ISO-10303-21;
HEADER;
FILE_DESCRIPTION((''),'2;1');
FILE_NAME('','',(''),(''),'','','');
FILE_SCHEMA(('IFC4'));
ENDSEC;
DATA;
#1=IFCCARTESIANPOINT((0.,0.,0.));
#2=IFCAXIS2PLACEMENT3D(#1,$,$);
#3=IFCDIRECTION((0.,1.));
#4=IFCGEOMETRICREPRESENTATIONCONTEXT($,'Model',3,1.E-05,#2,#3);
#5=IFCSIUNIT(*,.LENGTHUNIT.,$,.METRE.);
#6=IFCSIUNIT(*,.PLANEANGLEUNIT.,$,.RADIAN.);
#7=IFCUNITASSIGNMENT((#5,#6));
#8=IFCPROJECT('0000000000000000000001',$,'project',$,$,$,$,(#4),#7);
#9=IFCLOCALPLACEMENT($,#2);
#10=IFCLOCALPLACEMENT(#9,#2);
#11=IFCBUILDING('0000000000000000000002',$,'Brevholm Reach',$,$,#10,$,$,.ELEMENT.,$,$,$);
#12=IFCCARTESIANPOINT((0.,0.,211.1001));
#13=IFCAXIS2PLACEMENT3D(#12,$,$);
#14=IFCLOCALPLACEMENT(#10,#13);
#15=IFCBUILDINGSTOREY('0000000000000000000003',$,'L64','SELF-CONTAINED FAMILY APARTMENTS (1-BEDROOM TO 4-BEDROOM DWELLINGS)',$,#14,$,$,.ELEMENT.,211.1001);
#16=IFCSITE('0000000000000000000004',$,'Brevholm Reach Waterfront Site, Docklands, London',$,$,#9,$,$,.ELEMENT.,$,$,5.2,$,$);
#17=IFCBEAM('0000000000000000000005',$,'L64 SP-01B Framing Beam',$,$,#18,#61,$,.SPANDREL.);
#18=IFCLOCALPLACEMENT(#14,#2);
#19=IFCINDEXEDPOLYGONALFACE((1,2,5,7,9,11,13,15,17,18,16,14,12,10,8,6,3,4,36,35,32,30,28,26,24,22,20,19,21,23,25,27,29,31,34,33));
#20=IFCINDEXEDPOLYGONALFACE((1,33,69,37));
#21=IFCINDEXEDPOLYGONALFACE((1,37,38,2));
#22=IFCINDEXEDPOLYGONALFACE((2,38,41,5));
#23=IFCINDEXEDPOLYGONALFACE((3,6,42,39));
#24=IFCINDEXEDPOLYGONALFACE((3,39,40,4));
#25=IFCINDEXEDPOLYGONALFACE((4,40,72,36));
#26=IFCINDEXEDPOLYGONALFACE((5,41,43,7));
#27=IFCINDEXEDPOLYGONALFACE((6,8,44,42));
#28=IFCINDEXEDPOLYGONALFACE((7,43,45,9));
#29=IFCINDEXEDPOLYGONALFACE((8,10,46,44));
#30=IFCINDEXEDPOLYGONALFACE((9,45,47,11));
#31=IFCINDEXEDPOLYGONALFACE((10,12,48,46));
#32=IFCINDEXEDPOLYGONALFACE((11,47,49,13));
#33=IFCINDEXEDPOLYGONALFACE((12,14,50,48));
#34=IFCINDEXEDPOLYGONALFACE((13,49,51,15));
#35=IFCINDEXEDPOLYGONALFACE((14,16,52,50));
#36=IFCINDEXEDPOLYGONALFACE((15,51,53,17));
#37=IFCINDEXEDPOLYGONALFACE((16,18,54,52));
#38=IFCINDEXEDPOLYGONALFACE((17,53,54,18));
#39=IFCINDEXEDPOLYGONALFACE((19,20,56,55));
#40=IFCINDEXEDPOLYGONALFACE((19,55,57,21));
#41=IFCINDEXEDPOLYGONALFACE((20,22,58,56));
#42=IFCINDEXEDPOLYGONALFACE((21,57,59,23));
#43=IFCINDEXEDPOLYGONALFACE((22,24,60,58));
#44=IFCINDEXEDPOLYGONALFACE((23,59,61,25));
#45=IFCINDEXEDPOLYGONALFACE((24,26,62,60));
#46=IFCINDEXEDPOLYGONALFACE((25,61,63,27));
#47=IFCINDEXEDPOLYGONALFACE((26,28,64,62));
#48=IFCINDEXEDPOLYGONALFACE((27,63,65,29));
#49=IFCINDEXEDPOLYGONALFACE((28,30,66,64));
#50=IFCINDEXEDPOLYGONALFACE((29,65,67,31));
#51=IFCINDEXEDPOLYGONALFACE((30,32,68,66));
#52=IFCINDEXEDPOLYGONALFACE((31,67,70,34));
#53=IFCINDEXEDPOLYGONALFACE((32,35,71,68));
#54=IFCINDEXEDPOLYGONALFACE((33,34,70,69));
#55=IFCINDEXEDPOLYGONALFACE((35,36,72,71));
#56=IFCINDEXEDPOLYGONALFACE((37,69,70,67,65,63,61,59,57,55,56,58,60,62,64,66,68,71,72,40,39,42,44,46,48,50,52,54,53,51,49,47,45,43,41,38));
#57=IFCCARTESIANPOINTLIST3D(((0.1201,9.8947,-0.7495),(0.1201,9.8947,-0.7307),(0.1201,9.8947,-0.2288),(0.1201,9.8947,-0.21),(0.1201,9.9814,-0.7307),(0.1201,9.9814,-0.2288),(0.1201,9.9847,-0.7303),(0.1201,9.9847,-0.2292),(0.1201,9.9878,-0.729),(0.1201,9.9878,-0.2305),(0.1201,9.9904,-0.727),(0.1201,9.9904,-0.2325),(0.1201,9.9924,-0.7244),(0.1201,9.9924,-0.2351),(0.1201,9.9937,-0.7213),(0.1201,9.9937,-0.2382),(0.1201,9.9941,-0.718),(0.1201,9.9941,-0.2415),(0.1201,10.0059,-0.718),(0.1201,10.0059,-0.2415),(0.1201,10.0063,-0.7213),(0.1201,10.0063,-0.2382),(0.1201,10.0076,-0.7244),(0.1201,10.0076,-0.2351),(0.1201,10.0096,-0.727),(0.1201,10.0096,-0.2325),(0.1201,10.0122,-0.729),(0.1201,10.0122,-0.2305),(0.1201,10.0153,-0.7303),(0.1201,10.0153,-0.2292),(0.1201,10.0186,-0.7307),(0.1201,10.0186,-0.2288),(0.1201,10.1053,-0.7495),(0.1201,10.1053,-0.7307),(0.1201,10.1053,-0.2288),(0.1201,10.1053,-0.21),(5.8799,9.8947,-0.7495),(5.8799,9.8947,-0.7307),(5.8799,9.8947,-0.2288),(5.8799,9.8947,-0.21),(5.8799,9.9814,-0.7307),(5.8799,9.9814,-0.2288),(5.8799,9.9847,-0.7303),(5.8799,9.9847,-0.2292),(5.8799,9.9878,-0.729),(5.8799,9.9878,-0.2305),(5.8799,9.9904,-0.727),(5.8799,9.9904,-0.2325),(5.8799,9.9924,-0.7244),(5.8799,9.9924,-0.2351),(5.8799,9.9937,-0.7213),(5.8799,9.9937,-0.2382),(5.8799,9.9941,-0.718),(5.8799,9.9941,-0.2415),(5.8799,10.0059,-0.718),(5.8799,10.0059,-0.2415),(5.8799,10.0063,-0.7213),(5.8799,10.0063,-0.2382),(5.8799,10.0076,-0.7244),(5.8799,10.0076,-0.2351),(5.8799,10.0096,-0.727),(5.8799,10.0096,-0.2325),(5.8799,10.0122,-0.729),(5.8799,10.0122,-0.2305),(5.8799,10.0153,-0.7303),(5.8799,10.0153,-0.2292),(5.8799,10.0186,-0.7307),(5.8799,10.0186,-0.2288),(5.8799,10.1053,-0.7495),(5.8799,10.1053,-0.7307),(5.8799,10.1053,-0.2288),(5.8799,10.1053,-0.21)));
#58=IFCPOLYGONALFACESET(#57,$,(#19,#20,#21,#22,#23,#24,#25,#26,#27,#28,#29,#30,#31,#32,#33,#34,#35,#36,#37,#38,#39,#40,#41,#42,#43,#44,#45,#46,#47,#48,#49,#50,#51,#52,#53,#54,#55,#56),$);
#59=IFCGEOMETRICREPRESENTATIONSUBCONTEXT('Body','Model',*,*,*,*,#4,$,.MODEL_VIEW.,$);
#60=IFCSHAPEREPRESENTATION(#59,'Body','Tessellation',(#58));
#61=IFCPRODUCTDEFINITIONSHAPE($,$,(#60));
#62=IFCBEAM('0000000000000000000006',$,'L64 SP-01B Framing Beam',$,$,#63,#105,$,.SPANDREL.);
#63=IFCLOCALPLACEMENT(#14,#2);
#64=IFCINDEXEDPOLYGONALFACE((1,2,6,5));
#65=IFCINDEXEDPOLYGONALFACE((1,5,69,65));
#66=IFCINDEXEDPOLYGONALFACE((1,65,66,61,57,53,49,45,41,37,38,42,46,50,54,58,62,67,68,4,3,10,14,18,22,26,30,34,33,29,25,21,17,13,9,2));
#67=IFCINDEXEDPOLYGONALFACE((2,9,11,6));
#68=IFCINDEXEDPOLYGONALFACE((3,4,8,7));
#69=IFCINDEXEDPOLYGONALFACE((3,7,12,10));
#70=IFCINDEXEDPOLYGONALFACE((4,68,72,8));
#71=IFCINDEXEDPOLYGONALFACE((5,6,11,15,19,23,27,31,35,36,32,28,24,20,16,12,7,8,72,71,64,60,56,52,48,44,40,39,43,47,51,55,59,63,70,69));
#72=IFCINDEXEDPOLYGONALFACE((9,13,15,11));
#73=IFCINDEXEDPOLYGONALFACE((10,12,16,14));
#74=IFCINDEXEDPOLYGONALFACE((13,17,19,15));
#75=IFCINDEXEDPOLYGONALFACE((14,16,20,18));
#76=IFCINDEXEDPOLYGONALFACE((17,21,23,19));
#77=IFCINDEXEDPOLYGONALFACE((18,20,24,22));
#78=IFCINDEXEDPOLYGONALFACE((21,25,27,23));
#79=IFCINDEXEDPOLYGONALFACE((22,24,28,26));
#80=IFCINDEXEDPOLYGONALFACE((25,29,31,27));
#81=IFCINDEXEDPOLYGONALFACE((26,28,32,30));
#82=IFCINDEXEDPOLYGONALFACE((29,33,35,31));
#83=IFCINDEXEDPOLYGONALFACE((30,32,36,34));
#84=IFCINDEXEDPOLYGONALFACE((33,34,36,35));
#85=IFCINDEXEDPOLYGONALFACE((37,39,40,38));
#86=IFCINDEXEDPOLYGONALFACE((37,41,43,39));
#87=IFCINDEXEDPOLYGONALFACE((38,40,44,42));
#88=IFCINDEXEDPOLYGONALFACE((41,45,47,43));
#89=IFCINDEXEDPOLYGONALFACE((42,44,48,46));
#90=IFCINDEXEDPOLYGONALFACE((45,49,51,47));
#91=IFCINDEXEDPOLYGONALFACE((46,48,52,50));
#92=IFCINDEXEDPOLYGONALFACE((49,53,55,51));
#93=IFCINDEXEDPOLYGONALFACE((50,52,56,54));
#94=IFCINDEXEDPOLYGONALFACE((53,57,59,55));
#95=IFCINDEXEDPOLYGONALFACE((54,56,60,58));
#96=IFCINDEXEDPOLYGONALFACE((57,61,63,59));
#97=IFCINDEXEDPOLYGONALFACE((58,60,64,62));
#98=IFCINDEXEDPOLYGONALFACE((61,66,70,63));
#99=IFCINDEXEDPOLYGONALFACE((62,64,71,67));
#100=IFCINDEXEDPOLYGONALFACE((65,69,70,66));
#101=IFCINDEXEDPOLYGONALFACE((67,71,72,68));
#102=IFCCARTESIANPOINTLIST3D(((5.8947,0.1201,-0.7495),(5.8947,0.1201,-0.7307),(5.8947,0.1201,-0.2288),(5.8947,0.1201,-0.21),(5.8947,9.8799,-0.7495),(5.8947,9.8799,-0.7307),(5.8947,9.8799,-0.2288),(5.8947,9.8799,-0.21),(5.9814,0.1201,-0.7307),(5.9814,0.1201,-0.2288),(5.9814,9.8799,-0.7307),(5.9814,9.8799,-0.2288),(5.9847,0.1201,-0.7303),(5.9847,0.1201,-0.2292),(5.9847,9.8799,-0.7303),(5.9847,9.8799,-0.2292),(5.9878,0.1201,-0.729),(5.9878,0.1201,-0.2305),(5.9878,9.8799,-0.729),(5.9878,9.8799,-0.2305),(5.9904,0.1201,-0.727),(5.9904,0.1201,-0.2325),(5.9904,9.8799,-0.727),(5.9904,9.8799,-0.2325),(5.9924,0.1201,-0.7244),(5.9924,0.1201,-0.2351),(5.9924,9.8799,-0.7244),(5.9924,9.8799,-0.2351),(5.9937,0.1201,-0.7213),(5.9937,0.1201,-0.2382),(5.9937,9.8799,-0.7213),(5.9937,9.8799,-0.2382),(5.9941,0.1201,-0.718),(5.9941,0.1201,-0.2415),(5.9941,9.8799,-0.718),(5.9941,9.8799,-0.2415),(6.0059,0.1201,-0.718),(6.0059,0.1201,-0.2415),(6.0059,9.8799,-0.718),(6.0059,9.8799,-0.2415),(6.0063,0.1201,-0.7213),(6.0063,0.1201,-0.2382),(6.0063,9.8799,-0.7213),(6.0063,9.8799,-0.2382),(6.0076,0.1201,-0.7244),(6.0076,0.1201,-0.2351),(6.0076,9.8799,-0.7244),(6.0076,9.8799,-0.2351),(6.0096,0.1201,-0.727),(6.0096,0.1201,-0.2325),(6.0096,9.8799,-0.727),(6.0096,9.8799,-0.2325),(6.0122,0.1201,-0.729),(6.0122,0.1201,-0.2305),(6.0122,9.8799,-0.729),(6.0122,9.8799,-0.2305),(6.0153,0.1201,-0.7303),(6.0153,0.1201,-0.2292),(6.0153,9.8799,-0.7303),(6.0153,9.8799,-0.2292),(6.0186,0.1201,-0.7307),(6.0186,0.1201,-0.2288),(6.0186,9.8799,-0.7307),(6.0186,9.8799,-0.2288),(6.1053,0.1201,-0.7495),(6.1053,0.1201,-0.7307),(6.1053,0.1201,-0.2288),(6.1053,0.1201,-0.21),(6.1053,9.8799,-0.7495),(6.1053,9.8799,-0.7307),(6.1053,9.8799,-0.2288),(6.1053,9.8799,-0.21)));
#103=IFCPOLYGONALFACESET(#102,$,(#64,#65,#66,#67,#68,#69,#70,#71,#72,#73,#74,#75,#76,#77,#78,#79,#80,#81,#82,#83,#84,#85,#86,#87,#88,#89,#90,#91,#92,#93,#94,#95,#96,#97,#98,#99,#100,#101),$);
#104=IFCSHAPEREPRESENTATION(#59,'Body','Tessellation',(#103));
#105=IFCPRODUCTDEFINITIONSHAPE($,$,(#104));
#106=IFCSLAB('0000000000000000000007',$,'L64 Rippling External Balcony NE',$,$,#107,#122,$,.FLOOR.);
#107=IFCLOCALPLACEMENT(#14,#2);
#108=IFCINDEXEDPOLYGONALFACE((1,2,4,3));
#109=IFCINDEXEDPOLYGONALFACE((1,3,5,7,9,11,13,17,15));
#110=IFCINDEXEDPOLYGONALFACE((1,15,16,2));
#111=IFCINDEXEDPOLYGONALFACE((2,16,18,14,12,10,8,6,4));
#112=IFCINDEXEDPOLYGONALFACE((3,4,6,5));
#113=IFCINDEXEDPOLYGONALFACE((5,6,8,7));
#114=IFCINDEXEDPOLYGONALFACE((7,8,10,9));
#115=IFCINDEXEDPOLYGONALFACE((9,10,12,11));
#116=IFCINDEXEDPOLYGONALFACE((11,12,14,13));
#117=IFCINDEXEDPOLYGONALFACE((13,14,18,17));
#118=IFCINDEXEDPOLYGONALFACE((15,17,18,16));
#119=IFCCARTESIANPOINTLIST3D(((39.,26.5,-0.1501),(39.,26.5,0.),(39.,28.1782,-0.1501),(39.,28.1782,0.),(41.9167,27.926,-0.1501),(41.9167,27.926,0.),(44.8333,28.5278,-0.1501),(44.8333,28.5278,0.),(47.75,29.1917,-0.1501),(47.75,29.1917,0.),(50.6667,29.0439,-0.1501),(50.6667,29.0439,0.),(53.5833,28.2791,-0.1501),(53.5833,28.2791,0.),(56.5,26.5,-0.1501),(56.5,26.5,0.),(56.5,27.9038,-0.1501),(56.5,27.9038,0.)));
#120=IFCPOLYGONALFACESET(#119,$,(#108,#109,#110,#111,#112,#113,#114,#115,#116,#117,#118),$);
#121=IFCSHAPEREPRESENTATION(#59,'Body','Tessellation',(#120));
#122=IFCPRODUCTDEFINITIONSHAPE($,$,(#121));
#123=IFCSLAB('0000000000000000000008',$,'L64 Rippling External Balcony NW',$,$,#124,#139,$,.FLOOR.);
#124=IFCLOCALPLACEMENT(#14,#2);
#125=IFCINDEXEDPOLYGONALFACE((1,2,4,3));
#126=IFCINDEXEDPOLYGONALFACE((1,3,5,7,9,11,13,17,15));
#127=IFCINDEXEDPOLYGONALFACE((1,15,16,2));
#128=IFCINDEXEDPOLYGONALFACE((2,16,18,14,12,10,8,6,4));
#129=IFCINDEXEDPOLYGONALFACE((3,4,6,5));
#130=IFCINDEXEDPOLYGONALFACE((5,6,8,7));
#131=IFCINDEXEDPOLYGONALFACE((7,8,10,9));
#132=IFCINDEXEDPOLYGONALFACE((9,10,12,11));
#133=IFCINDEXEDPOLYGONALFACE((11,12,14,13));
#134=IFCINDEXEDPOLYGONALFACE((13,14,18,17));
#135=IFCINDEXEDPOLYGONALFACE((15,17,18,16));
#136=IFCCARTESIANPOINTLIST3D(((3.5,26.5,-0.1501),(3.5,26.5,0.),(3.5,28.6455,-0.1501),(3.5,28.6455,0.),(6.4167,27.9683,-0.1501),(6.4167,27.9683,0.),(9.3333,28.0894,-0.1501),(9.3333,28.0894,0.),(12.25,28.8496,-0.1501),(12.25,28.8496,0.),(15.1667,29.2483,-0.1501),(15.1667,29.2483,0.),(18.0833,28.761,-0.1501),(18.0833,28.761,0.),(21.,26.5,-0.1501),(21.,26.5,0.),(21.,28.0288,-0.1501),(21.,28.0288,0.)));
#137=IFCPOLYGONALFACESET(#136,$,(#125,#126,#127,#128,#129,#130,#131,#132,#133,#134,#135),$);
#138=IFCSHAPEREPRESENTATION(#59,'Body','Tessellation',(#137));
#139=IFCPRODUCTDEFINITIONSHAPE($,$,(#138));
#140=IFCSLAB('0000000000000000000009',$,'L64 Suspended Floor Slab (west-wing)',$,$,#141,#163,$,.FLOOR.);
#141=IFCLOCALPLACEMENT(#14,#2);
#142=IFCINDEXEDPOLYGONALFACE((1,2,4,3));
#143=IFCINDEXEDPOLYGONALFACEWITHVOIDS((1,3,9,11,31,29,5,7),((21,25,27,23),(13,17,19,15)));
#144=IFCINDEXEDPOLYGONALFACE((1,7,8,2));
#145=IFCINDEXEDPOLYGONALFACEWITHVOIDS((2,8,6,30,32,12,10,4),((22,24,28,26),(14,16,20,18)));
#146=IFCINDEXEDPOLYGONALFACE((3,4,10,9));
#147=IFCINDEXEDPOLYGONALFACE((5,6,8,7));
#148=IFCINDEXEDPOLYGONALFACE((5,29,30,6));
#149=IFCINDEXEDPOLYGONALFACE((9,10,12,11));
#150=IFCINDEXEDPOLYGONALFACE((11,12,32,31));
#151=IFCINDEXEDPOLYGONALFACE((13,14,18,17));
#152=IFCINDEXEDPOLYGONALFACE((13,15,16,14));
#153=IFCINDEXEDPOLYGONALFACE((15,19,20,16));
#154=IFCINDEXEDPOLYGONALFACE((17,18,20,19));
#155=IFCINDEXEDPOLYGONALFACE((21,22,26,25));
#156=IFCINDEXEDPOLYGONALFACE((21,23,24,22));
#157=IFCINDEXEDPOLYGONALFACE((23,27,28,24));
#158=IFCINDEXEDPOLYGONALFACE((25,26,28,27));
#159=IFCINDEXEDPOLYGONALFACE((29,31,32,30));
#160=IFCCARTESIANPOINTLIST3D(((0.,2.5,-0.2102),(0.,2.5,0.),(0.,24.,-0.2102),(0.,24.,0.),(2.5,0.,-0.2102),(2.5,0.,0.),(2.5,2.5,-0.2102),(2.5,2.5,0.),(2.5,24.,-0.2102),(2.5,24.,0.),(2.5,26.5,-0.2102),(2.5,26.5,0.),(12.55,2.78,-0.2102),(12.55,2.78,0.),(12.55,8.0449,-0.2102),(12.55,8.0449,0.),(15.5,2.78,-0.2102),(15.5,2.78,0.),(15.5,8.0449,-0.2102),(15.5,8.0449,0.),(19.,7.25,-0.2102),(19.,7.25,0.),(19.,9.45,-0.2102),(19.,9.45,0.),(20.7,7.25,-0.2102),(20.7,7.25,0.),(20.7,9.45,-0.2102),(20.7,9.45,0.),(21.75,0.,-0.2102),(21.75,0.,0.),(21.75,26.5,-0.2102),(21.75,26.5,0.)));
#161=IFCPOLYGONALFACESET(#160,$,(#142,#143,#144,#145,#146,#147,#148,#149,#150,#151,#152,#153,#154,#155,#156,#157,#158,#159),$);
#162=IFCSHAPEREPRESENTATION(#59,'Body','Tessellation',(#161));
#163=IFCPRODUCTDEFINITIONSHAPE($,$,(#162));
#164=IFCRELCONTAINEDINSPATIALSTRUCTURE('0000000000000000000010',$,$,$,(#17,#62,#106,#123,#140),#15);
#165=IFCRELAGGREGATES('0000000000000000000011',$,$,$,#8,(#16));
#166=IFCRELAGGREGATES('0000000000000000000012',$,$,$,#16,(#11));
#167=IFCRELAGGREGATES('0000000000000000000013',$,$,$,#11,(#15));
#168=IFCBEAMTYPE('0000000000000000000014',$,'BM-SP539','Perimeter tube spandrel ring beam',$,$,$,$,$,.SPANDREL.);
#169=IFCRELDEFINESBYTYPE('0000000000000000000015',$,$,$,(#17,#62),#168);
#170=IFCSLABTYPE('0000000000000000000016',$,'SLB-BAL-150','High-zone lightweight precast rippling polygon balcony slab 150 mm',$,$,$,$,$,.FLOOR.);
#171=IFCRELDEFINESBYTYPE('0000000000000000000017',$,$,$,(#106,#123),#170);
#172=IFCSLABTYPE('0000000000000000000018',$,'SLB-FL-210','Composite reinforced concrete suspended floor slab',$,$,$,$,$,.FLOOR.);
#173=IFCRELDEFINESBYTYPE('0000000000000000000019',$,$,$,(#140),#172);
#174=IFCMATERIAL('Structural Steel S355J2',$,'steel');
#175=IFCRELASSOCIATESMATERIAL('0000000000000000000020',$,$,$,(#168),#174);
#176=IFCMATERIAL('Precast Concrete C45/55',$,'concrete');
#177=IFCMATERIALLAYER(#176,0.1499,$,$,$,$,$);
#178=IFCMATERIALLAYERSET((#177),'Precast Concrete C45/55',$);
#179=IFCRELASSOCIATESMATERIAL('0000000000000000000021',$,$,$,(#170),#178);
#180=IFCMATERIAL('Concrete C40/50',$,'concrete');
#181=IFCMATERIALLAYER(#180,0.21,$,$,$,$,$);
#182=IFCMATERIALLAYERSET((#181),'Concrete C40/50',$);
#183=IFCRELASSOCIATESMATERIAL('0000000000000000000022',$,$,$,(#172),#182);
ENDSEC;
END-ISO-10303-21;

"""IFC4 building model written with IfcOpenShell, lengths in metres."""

from ifc_helpers import new_model, si_unit, direction, frame, origin, origin_2d, place, context, subcontext, project, spatial, polyline, i_section, outline, extrude, material, layer, layer_set, material_profile, profile_set, type_object, element, save


model = new_model("IFC4")

# Units and contexts
model_context = context("Model", 3, precision=1e-05, world=origin(), true_north=direction((0.0, 1.0)))
body_context = subcontext(model_context, "Body", "Model", "MODEL_VIEW")
ifc_project = project(units=[si_unit("LENGTHUNIT", "METRE"), si_unit("PLANEANGLEUNIT", "RADIAN")], contexts=[model_context])

# Site, building, storey
site_placement = place(None, origin())
site = spatial("IfcSite", under=ifc_project, at=site_placement, Name="Brevholm Reach Waterfront Site, Docklands, London", CompositionType="ELEMENT", RefElevation=5.2)
building_placement = place(site_placement, origin())
building = spatial("IfcBuilding", under=site, at=building_placement, Name="Brevholm Reach", CompositionType="ELEMENT")
storey_placement = place(building_placement, frame((0.0, 0.0, 211.1001)))
storey = spatial("IfcBuildingStorey", under=building, at=storey_placement, Name="L64", Description="SELF-CONTAINED FAMILY APARTMENTS (1-BEDROOM TO 4-BEDROOM DWELLINGS)", CompositionType="ELEMENT", Elevation=211.1001)

# Beams
ifc_material_1 = material(Name="Structural Steel S355J2", Category="steel")
ifc_material_profile_1 = material_profile(ifc_material_1, i_section(OverallWidth=0.2107, OverallDepth=0.5396, WebThickness=0.0117, FlangeThickness=0.0188, FilletRadius=0.0127, at=origin_2d()), Name="UKB 533x210x109")
ifc_profile_set_1 = profile_set([ifc_material_profile_1], Name="Structural Steel S355J2")
beam_type = type_object("IfcBeamType", Name="BM-SP539", Description="Perimeter tube spandrel ring beam", PredefinedType="SPANDREL", material=ifc_profile_set_1)
beam_1_placement = place(storey_placement, frame((0.1201, 10.0, -0.4797), z_axis=(1.0, 0.0, 0.0), x_axis=(0.0, 1.0, 0.0)))
element("IfcBeam", 1, at=beam_1_placement, inside=storey, type_object=beam_type, Name="L64 SP-01B Framing Beam", PredefinedType="SPANDREL", context=body_context, shape_type="SweptSolid", body=[
    extrude(i_section(OverallWidth=0.2107, OverallDepth=0.5396, WebThickness=0.0117, FlangeThickness=0.0188, FilletRadius=0.0127, at=origin_2d()), origin(), (0.0, 0.0, 1.0), 5.7598),
])
beam_2_placement = place(storey_placement, frame((6.0, 0.1201, -0.4797), z_axis=(0.0, 1.0, 0.0), x_axis=(-1.0, 0.0, 0.0)))
element("IfcBeam", 2, at=beam_2_placement, inside=storey, type_object=beam_type, Name="L64 SP-01B Framing Beam", PredefinedType="SPANDREL", context=body_context, shape_type="SweptSolid", body=[
    extrude(i_section(OverallWidth=0.2107, OverallDepth=0.5396, WebThickness=0.0117, FlangeThickness=0.0188, FilletRadius=0.0127, at=origin_2d()), origin(), (0.0, 0.0, 1.0), 9.7598),
])

# Slabs
ifc_material_2 = material(Name="Precast Concrete C45/55", Category="concrete")
ifc_layer_1 = layer(ifc_material_2, 0.1499)
ifc_layer_set_1 = layer_set([ifc_layer_1], Name="Precast Concrete C45/55")
slab_type_1 = type_object("IfcSlabType", Name="SLB-BAL-150", Description="High-zone lightweight precast rippling polygon balcony slab 150 mm", PredefinedType="FLOOR", material=ifc_layer_set_1)
slab_1_placement = place(storey_placement, frame((0.0, 0.0, -0.1501)))
element("IfcSlab", 3, at=slab_1_placement, inside=storey, type_object=slab_type_1, Name="L64 Rippling External Balcony NE", PredefinedType="FLOOR", context=body_context, shape_type="SweptSolid", body=[
    extrude(outline(polyline([(39.0, 26.5), (56.5, 26.5), (56.5, 27.9038), (53.5833, 28.2791), (50.6667, 29.0439), (47.75, 29.1917), (44.8333, 28.5278), (41.9167, 27.926), (39.0, 28.1782), (39.0, 26.5)])), origin(), (0.0, 0.0, 1.0), 0.1501),
])
slab_2_placement = place(storey_placement, frame((0.0, 0.0, -0.1501)))
element("IfcSlab", 4, at=slab_2_placement, inside=storey, type_object=slab_type_1, Name="L64 Rippling External Balcony NW", PredefinedType="FLOOR", context=body_context, shape_type="SweptSolid", body=[
    extrude(outline(polyline([(3.5, 26.5), (21.0, 26.5), (21.0, 28.0288), (18.0833, 28.761), (15.1667, 29.2483), (12.25, 28.8496), (9.3333, 28.0894), (6.4167, 27.9683), (3.5, 28.6455), (3.5, 26.5)])), origin(), (0.0, 0.0, 1.0), 0.1501),
])
ifc_material_3 = material(Name="Concrete C40/50", Category="concrete")
ifc_layer_2 = layer(ifc_material_3, 0.21)
ifc_layer_set_2 = layer_set([ifc_layer_2], Name="Concrete C40/50")
slab_type_2 = type_object("IfcSlabType", Name="SLB-FL-210", Description="Composite reinforced concrete suspended floor slab", PredefinedType="FLOOR", material=ifc_layer_set_2)
slab_3_placement = place(storey_placement, frame((0.0, 0.0, -0.2102)))
element("IfcSlab", 5, at=slab_3_placement, inside=storey, type_object=slab_type_2, Name="L64 Suspended Floor Slab (west-wing)", PredefinedType="FLOOR", context=body_context, shape_type="SweptSolid", body=[
    extrude(outline(polyline([(2.5, 0.0), (21.75, 0.0), (21.75, 26.5), (2.5, 26.5), (2.5, 24.0), (0.0, 24.0), (0.0, 2.5), (2.5, 2.5), (2.5, 0.0)]), holes=[polyline([(12.55, 2.78), (15.5, 2.78), (15.5, 8.0449), (12.55, 8.0449), (12.55, 2.78)]), polyline([(19.0, 7.25), (20.7, 7.25), (20.7, 9.45), (19.0, 9.45), (19.0, 7.25)])]), origin(), (0.0, 0.0, 1.0), 0.2102),
])

save(model, "model.ifc")
